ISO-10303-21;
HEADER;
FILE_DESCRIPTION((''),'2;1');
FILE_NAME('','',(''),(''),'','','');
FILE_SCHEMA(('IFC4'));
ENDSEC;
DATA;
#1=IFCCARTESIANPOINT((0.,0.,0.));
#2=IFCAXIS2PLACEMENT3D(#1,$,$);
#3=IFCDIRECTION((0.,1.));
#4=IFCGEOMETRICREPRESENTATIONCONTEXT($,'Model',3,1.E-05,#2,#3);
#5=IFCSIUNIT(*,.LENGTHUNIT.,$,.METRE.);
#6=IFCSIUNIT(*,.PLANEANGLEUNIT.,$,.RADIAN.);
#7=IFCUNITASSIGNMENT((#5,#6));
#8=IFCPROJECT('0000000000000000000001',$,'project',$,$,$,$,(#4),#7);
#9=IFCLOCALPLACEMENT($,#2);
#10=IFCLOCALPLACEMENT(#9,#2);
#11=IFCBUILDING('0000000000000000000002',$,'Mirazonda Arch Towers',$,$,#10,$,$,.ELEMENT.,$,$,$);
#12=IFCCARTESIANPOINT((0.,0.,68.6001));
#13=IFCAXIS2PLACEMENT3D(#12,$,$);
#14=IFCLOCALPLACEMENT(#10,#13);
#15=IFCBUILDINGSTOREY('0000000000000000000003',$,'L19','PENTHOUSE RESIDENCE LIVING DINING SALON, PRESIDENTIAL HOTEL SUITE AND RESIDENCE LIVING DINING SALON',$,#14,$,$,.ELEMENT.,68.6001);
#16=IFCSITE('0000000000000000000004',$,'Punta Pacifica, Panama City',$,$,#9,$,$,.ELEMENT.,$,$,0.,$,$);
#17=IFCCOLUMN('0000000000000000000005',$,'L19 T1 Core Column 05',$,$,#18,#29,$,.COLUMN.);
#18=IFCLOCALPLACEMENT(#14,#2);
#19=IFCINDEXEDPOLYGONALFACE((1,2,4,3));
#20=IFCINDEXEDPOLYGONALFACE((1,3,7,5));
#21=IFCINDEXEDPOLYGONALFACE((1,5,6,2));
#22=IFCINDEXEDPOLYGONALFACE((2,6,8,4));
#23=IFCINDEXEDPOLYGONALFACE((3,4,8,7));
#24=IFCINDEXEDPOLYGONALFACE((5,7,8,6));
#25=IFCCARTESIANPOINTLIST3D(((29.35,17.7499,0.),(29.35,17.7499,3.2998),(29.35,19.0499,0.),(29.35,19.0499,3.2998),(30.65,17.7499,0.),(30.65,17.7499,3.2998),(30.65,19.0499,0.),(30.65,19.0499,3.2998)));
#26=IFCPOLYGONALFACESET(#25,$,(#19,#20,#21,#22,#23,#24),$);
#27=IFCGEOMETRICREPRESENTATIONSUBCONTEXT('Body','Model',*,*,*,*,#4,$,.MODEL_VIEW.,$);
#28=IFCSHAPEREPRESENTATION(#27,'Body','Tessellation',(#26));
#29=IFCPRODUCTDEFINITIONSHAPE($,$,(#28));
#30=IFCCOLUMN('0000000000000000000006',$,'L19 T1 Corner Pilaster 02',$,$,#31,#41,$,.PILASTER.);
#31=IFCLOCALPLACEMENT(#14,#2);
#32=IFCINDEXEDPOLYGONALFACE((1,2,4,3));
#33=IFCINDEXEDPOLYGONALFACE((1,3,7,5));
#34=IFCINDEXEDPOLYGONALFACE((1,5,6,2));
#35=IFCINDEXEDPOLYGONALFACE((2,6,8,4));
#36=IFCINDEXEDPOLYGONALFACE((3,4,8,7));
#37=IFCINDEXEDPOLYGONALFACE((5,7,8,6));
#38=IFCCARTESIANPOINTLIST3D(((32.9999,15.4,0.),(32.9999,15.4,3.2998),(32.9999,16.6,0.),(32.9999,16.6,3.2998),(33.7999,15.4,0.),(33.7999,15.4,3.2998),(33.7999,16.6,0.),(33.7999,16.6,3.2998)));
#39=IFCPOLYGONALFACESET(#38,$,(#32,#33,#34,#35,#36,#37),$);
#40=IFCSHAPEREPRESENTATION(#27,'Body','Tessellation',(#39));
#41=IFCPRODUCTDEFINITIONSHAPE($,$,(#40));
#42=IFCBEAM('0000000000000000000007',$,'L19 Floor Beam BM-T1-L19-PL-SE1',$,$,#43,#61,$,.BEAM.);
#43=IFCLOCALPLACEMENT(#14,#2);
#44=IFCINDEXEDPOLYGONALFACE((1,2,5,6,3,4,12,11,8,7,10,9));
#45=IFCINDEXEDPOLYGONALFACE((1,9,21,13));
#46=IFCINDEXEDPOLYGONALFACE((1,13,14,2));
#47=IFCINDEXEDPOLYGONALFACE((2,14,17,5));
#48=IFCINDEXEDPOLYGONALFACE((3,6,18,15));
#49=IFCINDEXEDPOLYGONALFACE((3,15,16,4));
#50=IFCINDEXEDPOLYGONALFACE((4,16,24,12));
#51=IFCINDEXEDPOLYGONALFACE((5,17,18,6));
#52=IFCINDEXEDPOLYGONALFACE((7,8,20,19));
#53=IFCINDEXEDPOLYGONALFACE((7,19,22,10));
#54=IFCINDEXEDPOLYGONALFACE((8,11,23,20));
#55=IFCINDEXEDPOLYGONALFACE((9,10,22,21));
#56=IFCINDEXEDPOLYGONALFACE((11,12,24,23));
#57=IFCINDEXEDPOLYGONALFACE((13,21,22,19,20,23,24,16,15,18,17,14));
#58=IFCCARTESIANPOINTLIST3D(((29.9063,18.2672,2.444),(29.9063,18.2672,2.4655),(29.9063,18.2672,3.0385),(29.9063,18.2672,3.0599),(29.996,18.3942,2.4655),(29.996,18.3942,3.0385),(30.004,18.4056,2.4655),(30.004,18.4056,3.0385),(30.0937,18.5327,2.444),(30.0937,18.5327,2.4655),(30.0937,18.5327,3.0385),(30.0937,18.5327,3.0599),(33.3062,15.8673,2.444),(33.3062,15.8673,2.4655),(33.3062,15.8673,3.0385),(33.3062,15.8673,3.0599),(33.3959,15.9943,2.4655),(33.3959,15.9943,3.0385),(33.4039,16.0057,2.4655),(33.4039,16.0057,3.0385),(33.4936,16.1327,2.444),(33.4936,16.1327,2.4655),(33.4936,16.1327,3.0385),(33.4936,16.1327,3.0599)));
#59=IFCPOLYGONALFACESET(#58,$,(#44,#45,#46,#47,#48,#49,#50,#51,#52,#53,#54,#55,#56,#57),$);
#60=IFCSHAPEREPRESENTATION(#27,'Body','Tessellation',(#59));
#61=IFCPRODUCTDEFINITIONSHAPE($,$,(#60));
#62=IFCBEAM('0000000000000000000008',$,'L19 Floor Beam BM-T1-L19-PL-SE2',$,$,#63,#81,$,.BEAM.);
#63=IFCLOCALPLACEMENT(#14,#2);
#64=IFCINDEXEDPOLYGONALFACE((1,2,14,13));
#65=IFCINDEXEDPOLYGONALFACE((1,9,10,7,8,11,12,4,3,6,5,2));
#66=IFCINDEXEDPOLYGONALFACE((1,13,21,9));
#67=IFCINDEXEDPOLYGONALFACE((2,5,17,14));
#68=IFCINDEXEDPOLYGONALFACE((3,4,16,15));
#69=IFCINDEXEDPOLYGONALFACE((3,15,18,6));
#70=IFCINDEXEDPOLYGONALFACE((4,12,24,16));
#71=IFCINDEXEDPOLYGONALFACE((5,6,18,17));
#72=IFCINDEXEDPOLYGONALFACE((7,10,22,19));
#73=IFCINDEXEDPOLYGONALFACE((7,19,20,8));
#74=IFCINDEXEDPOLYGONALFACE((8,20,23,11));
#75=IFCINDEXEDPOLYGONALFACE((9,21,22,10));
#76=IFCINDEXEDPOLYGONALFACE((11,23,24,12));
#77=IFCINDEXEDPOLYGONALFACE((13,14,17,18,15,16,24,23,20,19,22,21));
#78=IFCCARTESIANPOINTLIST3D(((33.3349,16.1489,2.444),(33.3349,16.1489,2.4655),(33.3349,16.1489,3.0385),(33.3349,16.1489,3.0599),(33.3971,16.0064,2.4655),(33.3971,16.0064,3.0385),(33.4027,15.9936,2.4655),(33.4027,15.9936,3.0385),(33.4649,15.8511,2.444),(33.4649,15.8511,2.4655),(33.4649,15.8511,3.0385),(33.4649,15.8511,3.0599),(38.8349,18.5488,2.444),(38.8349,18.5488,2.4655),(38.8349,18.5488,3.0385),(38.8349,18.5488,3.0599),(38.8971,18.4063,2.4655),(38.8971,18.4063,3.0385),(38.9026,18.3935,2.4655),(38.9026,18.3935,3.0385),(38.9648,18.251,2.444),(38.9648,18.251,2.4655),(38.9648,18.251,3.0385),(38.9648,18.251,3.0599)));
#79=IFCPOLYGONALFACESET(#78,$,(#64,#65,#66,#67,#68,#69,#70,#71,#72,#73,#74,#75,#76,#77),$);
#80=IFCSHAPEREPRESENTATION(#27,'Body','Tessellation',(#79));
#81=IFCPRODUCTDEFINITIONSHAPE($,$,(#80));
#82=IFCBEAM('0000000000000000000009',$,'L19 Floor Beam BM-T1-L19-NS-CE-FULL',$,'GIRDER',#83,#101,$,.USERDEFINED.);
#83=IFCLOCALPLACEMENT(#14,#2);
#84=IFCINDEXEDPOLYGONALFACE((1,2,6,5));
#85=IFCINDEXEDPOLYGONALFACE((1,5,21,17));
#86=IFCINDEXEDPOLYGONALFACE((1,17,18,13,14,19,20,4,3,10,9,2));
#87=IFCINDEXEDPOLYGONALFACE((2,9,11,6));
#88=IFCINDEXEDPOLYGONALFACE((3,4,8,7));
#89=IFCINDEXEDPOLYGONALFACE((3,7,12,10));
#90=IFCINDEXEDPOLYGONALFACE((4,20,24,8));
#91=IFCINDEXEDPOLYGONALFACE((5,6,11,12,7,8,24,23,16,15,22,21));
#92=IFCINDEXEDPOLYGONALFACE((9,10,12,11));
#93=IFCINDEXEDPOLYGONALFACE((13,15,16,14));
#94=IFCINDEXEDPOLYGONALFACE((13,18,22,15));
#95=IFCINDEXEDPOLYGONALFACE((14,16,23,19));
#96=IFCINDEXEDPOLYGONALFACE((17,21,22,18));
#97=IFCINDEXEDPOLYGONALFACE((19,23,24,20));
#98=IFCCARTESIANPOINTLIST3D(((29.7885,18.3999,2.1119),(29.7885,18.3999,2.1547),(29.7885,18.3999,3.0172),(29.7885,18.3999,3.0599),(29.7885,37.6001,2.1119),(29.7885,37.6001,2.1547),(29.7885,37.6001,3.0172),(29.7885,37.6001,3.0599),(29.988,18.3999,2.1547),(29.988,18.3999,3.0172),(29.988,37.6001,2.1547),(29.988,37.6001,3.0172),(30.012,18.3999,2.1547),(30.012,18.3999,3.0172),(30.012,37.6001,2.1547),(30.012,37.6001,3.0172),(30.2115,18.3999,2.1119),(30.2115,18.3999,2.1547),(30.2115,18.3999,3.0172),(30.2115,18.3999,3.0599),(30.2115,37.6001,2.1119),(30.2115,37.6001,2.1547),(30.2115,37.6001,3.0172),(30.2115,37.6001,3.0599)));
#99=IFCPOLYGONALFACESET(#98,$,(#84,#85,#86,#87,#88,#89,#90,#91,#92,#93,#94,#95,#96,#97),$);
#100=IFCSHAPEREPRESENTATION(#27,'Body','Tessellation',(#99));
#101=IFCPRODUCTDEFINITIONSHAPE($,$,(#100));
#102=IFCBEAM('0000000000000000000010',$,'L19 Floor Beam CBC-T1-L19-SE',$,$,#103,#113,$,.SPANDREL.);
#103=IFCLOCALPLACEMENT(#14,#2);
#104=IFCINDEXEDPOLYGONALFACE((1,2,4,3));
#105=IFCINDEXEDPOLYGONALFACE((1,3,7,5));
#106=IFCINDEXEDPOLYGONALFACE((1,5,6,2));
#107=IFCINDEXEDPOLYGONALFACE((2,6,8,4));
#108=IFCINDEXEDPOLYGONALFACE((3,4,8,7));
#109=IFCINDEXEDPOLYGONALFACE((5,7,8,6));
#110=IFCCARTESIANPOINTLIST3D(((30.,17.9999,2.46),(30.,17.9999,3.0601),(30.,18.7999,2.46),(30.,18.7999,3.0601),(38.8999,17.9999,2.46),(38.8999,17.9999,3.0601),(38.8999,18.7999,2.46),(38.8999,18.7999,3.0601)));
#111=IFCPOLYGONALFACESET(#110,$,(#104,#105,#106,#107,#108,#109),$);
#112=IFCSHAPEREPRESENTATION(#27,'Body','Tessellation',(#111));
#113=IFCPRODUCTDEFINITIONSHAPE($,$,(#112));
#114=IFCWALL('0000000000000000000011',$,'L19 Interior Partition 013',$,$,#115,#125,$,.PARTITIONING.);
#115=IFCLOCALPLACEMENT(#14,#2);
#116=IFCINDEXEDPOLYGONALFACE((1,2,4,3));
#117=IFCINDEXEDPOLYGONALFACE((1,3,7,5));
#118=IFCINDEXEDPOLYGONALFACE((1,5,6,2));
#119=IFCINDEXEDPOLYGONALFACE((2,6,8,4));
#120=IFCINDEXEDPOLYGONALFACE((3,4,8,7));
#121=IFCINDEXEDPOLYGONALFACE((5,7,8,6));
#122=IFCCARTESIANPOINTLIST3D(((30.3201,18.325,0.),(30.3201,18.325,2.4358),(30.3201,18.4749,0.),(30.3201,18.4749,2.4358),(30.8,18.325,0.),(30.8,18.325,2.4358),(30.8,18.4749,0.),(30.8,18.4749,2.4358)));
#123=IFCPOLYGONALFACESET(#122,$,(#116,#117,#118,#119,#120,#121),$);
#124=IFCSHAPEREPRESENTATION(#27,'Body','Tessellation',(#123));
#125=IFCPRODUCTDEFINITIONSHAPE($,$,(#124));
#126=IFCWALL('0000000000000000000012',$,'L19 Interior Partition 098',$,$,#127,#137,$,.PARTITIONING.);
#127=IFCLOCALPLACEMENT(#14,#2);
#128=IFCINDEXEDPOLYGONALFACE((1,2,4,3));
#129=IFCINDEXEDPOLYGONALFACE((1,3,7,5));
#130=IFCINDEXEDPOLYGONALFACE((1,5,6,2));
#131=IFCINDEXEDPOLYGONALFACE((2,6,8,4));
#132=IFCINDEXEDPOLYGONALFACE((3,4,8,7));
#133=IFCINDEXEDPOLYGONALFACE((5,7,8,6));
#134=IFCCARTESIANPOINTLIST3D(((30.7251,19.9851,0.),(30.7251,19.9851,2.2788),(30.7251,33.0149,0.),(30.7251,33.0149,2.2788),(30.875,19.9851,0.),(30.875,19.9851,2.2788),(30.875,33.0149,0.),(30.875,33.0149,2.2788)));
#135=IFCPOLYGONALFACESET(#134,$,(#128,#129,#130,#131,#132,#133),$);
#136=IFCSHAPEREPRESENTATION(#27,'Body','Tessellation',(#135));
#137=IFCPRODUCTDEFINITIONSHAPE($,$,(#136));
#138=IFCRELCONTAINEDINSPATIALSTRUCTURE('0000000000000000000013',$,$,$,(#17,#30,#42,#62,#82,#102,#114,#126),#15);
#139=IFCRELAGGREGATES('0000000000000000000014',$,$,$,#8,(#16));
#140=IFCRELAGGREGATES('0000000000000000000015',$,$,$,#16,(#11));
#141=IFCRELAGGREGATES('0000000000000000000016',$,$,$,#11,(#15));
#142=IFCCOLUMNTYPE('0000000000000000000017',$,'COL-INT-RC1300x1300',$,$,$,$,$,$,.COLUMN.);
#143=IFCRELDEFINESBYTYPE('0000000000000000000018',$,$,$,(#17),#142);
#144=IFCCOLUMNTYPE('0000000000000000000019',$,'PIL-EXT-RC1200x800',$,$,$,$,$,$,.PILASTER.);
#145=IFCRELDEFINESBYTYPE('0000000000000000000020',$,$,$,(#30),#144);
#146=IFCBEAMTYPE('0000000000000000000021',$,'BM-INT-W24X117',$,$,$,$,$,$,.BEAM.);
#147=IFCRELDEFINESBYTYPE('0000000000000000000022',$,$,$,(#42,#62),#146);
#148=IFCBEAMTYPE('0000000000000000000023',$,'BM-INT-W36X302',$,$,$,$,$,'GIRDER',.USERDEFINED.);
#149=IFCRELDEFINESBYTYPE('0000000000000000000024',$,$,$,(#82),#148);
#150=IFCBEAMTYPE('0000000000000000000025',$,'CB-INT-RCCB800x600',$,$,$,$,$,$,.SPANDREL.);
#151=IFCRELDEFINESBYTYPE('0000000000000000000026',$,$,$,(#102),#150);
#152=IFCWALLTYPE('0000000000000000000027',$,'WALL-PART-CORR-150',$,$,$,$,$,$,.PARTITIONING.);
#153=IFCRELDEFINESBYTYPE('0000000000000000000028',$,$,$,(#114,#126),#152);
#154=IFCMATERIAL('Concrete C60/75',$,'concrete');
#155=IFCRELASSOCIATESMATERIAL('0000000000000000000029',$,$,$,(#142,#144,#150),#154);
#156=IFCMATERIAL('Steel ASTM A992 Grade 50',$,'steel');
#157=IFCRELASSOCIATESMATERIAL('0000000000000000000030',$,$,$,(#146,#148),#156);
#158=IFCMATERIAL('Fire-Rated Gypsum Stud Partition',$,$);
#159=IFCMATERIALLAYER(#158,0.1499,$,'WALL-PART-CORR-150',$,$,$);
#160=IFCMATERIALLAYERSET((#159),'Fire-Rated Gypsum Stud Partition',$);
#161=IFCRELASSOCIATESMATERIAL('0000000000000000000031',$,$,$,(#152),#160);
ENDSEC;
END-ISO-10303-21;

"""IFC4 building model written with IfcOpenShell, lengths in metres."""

from ifc_helpers import new_model, si_unit, direction, frame, frame_2d, origin, origin_2d, place, context, subcontext, project, spatial, rectangle, i_section, extrude, material, layer, layer_set, material_profile, profile_set, type_object, element, save


model = new_model("IFC4")

# Units and contexts
model_context = context("Model", 3, precision=1e-05, world=origin(), true_north=direction((0.0, 1.0)))
body_context = subcontext(model_context, "Body", "Model", "MODEL_VIEW")
ifc_project = project(units=[si_unit("LENGTHUNIT", "METRE"), si_unit("PLANEANGLEUNIT", "RADIAN")], contexts=[model_context])

# Site, building, storey
site_placement = place(None, origin())
site = spatial("IfcSite", under=ifc_project, at=site_placement, Name="Punta Pacifica, Panama City", CompositionType="ELEMENT", RefElevation=0.0)
building_placement = place(site_placement, origin())
building = spatial("IfcBuilding", under=site, at=building_placement, Name="Mirazonda Arch Towers", CompositionType="ELEMENT")
storey_placement = place(building_placement, frame((0.0, 0.0, 68.6001)))
storey = spatial("IfcBuildingStorey", under=building, at=storey_placement, Name="L19", Description="PENTHOUSE RESIDENCE LIVING DINING SALON, PRESIDENTIAL HOTEL SUITE AND RESIDENCE LIVING DINING SALON", CompositionType="ELEMENT", Elevation=68.6001)

# Columns
ifc_material_1 = material(Name="Concrete C60/75", Category="concrete")
ifc_material_profile_1 = material_profile(ifc_material_1, rectangle(XDim=1.3, YDim=1.3, at=origin_2d()), Name="RC1300x1300")
ifc_profile_set_1 = profile_set([ifc_material_profile_1], Name="Concrete C60/75")
column_type_1 = type_object("IfcColumnType", Name="COL-INT-RC1300x1300", PredefinedType="COLUMN", material=ifc_profile_set_1)
column_1_placement = place(storey_placement, frame((30.0, 18.3999, 0.0), z_axis=(0.0, 0.0, 1.0), x_axis=(1.0, 0.0, 0.0)))
element("IfcColumn", 1, at=column_1_placement, inside=storey, type_object=column_type_1, Name="L19 T1 Core Column 05", PredefinedType="COLUMN", context=body_context, shape_type="SweptSolid", body=[
    extrude(rectangle(XDim=1.3, YDim=1.3, at=origin_2d()), origin(), (0.0, 0.0, 1.0), 3.2998),
])
ifc_material_profile_2 = material_profile(ifc_material_1, rectangle(XDim=0.8, YDim=1.2, at=origin_2d()), Name="RC1200x800")
ifc_profile_set_2 = profile_set([ifc_material_profile_2], Name="Concrete C60/75")
column_type_2 = type_object("IfcColumnType", Name="PIL-EXT-RC1200x800", PredefinedType="PILASTER", material=ifc_profile_set_2)
column_2_placement = place(storey_placement, frame((33.3999, 16.0, 0.0), z_axis=(0.0, 0.0, 1.0), x_axis=(1.0, 0.0, 0.0)))
element("IfcColumn", 2, at=column_2_placement, inside=storey, type_object=column_type_2, Name="L19 T1 Corner Pilaster 02", PredefinedType="PILASTER", context=body_context, shape_type="SweptSolid", body=[
    extrude(rectangle(XDim=0.8, YDim=1.2, at=origin_2d()), origin(), (0.0, 0.0, 1.0), 3.2998),
])

# Beams
ifc_material_2 = material(Name="Steel ASTM A992 Grade 50", Category="steel")
ifc_material_profile_3 = material_profile(ifc_material_2, i_section(OverallWidth=0.325, OverallDepth=0.616, WebThickness=0.0139, FlangeThickness=0.0215, at=origin_2d()), Name="W24X117")
ifc_profile_set_3 = profile_set([ifc_material_profile_3], Name="Steel ASTM A992 Grade 50")
beam_type_1 = type_object("IfcBeamType", Name="BM-INT-W24X117", PredefinedType="BEAM", material=ifc_profile_set_3)
beam_1_placement = place(storey_placement, frame((33.3999, 16.0, 2.752), z_axis=(-0.816971, 0.576679, 0.0), x_axis=(-0.576679, -0.816971, 0.0)))
element("IfcBeam", 3, at=beam_1_placement, inside=storey, type_object=beam_type_1, Name="L19 Floor Beam BM-T1-L19-PL-SE1", PredefinedType="BEAM", context=body_context, shape_type="SweptSolid", body=[
    extrude(i_section(OverallWidth=0.325, OverallDepth=0.616, WebThickness=0.0139, FlangeThickness=0.0215, at=origin_2d()), origin(), (0.0, 0.0, 1.0), 4.1616),
])
beam_2_placement = place(storey_placement, frame((33.3999, 16.0, 2.752), z_axis=(0.916545, 0.399931, 0.0), x_axis=(-0.399931, 0.916545, 0.0)))
element("IfcBeam", 4, at=beam_2_placement, inside=storey, type_object=beam_type_1, Name="L19 Floor Beam BM-T1-L19-PL-SE2", PredefinedType="BEAM", context=body_context, shape_type="SweptSolid", body=[
    extrude(i_section(OverallWidth=0.325, OverallDepth=0.616, WebThickness=0.0139, FlangeThickness=0.0215, at=origin_2d()), origin(), (0.0, 0.0, 1.0), 6.0007),
])
ifc_material_profile_4 = material_profile(ifc_material_2, i_section(OverallWidth=0.4231, OverallDepth=0.948, WebThickness=0.0239, FlangeThickness=0.0427, at=origin_2d()), Name="W36X302")
ifc_profile_set_4 = profile_set([ifc_material_profile_4], Name="Steel ASTM A992 Grade 50")
beam_type_2 = type_object("IfcBeamType", Name="BM-INT-W36X302", ElementType="GIRDER", PredefinedType="USERDEFINED", material=ifc_profile_set_4)
beam_3_placement = place(storey_placement, frame((30.0, 18.3999, 2.5859), z_axis=(0.0, 1.0, 0.0), x_axis=(-1.0, 0.0, 0.0)))
element("IfcBeam", 5, at=beam_3_placement, inside=storey, type_object=beam_type_2, Name="L19 Floor Beam BM-T1-L19-NS-CE-FULL", ObjectType="GIRDER", PredefinedType="USERDEFINED", context=body_context, shape_type="SweptSolid", body=[
    extrude(i_section(OverallWidth=0.4231, OverallDepth=0.948, WebThickness=0.0239, FlangeThickness=0.0427, at=origin_2d()), origin(), (0.0, 0.0, 1.0), 19.2002),
])
ifc_material_profile_5 = material_profile(ifc_material_1, rectangle(XDim=0.8, YDim=0.6001, at=origin_2d()), Name="RCCB800x600")
ifc_profile_set_5 = profile_set([ifc_material_profile_5], Name="Concrete C60/75")
beam_type_3 = type_object("IfcBeamType", Name="CB-INT-RCCB800x600", PredefinedType="SPANDREL", material=ifc_profile_set_5)
beam_4_placement = place(storey_placement, frame((30.0, 18.3999, 2.76), z_axis=(1.0, 0.0, 0.0), x_axis=(0.0, 1.0, 0.0)))
element("IfcBeam", 6, at=beam_4_placement, inside=storey, type_object=beam_type_3, Name="L19 Floor Beam CBC-T1-L19-SE", PredefinedType="SPANDREL", context=body_context, shape_type="SweptSolid", body=[
    extrude(rectangle(XDim=0.8, YDim=0.6001, at=origin_2d()), origin(), (0.0, 0.0, 1.0), 8.8999),
])

# Walls
ifc_material_3 = material(Name="Fire-Rated Gypsum Stud Partition")
ifc_layer_1 = layer(ifc_material_3, 0.1499, Name="WALL-PART-CORR-150")
ifc_layer_set_1 = layer_set([ifc_layer_1], Name="Fire-Rated Gypsum Stud Partition")
wall_type_1 = type_object("IfcWallType", Name="WALL-PART-CORR-150", PredefinedType="PARTITIONING", material=ifc_layer_set_1)
wall_1_placement = place(storey_placement, frame((30.3201, 18.3999, 0.0), z_axis=(0.0, 0.0, 1.0), x_axis=(1.0, 0.0, 0.0)))
element("IfcWall", 7, at=wall_1_placement, inside=storey, type_object=wall_type_1, Name="L19 Interior Partition 013", PredefinedType="PARTITIONING", context=body_context, shape_type="SweptSolid", body=[
    extrude(rectangle(XDim=0.48, YDim=0.1499, at=frame_2d((0.24, 0.0))), origin(), (0.0, 0.0, 1.0), 2.4358),
])
wall_2_placement = place(storey_placement, frame((30.8, 19.9851, 0.0), z_axis=(0.0, 0.0, 1.0), x_axis=(0.0, 1.0, 0.0)))
element("IfcWall", 8, at=wall_2_placement, inside=storey, type_object=wall_type_1, Name="L19 Interior Partition 098", PredefinedType="PARTITIONING", context=body_context, shape_type="SweptSolid", body=[
    extrude(rectangle(XDim=13.0298, YDim=0.1499, at=frame_2d((6.5149, 0.0))), origin(), (0.0, 0.0, 1.0), 2.2788),
])

save(model, "model.ifc")
